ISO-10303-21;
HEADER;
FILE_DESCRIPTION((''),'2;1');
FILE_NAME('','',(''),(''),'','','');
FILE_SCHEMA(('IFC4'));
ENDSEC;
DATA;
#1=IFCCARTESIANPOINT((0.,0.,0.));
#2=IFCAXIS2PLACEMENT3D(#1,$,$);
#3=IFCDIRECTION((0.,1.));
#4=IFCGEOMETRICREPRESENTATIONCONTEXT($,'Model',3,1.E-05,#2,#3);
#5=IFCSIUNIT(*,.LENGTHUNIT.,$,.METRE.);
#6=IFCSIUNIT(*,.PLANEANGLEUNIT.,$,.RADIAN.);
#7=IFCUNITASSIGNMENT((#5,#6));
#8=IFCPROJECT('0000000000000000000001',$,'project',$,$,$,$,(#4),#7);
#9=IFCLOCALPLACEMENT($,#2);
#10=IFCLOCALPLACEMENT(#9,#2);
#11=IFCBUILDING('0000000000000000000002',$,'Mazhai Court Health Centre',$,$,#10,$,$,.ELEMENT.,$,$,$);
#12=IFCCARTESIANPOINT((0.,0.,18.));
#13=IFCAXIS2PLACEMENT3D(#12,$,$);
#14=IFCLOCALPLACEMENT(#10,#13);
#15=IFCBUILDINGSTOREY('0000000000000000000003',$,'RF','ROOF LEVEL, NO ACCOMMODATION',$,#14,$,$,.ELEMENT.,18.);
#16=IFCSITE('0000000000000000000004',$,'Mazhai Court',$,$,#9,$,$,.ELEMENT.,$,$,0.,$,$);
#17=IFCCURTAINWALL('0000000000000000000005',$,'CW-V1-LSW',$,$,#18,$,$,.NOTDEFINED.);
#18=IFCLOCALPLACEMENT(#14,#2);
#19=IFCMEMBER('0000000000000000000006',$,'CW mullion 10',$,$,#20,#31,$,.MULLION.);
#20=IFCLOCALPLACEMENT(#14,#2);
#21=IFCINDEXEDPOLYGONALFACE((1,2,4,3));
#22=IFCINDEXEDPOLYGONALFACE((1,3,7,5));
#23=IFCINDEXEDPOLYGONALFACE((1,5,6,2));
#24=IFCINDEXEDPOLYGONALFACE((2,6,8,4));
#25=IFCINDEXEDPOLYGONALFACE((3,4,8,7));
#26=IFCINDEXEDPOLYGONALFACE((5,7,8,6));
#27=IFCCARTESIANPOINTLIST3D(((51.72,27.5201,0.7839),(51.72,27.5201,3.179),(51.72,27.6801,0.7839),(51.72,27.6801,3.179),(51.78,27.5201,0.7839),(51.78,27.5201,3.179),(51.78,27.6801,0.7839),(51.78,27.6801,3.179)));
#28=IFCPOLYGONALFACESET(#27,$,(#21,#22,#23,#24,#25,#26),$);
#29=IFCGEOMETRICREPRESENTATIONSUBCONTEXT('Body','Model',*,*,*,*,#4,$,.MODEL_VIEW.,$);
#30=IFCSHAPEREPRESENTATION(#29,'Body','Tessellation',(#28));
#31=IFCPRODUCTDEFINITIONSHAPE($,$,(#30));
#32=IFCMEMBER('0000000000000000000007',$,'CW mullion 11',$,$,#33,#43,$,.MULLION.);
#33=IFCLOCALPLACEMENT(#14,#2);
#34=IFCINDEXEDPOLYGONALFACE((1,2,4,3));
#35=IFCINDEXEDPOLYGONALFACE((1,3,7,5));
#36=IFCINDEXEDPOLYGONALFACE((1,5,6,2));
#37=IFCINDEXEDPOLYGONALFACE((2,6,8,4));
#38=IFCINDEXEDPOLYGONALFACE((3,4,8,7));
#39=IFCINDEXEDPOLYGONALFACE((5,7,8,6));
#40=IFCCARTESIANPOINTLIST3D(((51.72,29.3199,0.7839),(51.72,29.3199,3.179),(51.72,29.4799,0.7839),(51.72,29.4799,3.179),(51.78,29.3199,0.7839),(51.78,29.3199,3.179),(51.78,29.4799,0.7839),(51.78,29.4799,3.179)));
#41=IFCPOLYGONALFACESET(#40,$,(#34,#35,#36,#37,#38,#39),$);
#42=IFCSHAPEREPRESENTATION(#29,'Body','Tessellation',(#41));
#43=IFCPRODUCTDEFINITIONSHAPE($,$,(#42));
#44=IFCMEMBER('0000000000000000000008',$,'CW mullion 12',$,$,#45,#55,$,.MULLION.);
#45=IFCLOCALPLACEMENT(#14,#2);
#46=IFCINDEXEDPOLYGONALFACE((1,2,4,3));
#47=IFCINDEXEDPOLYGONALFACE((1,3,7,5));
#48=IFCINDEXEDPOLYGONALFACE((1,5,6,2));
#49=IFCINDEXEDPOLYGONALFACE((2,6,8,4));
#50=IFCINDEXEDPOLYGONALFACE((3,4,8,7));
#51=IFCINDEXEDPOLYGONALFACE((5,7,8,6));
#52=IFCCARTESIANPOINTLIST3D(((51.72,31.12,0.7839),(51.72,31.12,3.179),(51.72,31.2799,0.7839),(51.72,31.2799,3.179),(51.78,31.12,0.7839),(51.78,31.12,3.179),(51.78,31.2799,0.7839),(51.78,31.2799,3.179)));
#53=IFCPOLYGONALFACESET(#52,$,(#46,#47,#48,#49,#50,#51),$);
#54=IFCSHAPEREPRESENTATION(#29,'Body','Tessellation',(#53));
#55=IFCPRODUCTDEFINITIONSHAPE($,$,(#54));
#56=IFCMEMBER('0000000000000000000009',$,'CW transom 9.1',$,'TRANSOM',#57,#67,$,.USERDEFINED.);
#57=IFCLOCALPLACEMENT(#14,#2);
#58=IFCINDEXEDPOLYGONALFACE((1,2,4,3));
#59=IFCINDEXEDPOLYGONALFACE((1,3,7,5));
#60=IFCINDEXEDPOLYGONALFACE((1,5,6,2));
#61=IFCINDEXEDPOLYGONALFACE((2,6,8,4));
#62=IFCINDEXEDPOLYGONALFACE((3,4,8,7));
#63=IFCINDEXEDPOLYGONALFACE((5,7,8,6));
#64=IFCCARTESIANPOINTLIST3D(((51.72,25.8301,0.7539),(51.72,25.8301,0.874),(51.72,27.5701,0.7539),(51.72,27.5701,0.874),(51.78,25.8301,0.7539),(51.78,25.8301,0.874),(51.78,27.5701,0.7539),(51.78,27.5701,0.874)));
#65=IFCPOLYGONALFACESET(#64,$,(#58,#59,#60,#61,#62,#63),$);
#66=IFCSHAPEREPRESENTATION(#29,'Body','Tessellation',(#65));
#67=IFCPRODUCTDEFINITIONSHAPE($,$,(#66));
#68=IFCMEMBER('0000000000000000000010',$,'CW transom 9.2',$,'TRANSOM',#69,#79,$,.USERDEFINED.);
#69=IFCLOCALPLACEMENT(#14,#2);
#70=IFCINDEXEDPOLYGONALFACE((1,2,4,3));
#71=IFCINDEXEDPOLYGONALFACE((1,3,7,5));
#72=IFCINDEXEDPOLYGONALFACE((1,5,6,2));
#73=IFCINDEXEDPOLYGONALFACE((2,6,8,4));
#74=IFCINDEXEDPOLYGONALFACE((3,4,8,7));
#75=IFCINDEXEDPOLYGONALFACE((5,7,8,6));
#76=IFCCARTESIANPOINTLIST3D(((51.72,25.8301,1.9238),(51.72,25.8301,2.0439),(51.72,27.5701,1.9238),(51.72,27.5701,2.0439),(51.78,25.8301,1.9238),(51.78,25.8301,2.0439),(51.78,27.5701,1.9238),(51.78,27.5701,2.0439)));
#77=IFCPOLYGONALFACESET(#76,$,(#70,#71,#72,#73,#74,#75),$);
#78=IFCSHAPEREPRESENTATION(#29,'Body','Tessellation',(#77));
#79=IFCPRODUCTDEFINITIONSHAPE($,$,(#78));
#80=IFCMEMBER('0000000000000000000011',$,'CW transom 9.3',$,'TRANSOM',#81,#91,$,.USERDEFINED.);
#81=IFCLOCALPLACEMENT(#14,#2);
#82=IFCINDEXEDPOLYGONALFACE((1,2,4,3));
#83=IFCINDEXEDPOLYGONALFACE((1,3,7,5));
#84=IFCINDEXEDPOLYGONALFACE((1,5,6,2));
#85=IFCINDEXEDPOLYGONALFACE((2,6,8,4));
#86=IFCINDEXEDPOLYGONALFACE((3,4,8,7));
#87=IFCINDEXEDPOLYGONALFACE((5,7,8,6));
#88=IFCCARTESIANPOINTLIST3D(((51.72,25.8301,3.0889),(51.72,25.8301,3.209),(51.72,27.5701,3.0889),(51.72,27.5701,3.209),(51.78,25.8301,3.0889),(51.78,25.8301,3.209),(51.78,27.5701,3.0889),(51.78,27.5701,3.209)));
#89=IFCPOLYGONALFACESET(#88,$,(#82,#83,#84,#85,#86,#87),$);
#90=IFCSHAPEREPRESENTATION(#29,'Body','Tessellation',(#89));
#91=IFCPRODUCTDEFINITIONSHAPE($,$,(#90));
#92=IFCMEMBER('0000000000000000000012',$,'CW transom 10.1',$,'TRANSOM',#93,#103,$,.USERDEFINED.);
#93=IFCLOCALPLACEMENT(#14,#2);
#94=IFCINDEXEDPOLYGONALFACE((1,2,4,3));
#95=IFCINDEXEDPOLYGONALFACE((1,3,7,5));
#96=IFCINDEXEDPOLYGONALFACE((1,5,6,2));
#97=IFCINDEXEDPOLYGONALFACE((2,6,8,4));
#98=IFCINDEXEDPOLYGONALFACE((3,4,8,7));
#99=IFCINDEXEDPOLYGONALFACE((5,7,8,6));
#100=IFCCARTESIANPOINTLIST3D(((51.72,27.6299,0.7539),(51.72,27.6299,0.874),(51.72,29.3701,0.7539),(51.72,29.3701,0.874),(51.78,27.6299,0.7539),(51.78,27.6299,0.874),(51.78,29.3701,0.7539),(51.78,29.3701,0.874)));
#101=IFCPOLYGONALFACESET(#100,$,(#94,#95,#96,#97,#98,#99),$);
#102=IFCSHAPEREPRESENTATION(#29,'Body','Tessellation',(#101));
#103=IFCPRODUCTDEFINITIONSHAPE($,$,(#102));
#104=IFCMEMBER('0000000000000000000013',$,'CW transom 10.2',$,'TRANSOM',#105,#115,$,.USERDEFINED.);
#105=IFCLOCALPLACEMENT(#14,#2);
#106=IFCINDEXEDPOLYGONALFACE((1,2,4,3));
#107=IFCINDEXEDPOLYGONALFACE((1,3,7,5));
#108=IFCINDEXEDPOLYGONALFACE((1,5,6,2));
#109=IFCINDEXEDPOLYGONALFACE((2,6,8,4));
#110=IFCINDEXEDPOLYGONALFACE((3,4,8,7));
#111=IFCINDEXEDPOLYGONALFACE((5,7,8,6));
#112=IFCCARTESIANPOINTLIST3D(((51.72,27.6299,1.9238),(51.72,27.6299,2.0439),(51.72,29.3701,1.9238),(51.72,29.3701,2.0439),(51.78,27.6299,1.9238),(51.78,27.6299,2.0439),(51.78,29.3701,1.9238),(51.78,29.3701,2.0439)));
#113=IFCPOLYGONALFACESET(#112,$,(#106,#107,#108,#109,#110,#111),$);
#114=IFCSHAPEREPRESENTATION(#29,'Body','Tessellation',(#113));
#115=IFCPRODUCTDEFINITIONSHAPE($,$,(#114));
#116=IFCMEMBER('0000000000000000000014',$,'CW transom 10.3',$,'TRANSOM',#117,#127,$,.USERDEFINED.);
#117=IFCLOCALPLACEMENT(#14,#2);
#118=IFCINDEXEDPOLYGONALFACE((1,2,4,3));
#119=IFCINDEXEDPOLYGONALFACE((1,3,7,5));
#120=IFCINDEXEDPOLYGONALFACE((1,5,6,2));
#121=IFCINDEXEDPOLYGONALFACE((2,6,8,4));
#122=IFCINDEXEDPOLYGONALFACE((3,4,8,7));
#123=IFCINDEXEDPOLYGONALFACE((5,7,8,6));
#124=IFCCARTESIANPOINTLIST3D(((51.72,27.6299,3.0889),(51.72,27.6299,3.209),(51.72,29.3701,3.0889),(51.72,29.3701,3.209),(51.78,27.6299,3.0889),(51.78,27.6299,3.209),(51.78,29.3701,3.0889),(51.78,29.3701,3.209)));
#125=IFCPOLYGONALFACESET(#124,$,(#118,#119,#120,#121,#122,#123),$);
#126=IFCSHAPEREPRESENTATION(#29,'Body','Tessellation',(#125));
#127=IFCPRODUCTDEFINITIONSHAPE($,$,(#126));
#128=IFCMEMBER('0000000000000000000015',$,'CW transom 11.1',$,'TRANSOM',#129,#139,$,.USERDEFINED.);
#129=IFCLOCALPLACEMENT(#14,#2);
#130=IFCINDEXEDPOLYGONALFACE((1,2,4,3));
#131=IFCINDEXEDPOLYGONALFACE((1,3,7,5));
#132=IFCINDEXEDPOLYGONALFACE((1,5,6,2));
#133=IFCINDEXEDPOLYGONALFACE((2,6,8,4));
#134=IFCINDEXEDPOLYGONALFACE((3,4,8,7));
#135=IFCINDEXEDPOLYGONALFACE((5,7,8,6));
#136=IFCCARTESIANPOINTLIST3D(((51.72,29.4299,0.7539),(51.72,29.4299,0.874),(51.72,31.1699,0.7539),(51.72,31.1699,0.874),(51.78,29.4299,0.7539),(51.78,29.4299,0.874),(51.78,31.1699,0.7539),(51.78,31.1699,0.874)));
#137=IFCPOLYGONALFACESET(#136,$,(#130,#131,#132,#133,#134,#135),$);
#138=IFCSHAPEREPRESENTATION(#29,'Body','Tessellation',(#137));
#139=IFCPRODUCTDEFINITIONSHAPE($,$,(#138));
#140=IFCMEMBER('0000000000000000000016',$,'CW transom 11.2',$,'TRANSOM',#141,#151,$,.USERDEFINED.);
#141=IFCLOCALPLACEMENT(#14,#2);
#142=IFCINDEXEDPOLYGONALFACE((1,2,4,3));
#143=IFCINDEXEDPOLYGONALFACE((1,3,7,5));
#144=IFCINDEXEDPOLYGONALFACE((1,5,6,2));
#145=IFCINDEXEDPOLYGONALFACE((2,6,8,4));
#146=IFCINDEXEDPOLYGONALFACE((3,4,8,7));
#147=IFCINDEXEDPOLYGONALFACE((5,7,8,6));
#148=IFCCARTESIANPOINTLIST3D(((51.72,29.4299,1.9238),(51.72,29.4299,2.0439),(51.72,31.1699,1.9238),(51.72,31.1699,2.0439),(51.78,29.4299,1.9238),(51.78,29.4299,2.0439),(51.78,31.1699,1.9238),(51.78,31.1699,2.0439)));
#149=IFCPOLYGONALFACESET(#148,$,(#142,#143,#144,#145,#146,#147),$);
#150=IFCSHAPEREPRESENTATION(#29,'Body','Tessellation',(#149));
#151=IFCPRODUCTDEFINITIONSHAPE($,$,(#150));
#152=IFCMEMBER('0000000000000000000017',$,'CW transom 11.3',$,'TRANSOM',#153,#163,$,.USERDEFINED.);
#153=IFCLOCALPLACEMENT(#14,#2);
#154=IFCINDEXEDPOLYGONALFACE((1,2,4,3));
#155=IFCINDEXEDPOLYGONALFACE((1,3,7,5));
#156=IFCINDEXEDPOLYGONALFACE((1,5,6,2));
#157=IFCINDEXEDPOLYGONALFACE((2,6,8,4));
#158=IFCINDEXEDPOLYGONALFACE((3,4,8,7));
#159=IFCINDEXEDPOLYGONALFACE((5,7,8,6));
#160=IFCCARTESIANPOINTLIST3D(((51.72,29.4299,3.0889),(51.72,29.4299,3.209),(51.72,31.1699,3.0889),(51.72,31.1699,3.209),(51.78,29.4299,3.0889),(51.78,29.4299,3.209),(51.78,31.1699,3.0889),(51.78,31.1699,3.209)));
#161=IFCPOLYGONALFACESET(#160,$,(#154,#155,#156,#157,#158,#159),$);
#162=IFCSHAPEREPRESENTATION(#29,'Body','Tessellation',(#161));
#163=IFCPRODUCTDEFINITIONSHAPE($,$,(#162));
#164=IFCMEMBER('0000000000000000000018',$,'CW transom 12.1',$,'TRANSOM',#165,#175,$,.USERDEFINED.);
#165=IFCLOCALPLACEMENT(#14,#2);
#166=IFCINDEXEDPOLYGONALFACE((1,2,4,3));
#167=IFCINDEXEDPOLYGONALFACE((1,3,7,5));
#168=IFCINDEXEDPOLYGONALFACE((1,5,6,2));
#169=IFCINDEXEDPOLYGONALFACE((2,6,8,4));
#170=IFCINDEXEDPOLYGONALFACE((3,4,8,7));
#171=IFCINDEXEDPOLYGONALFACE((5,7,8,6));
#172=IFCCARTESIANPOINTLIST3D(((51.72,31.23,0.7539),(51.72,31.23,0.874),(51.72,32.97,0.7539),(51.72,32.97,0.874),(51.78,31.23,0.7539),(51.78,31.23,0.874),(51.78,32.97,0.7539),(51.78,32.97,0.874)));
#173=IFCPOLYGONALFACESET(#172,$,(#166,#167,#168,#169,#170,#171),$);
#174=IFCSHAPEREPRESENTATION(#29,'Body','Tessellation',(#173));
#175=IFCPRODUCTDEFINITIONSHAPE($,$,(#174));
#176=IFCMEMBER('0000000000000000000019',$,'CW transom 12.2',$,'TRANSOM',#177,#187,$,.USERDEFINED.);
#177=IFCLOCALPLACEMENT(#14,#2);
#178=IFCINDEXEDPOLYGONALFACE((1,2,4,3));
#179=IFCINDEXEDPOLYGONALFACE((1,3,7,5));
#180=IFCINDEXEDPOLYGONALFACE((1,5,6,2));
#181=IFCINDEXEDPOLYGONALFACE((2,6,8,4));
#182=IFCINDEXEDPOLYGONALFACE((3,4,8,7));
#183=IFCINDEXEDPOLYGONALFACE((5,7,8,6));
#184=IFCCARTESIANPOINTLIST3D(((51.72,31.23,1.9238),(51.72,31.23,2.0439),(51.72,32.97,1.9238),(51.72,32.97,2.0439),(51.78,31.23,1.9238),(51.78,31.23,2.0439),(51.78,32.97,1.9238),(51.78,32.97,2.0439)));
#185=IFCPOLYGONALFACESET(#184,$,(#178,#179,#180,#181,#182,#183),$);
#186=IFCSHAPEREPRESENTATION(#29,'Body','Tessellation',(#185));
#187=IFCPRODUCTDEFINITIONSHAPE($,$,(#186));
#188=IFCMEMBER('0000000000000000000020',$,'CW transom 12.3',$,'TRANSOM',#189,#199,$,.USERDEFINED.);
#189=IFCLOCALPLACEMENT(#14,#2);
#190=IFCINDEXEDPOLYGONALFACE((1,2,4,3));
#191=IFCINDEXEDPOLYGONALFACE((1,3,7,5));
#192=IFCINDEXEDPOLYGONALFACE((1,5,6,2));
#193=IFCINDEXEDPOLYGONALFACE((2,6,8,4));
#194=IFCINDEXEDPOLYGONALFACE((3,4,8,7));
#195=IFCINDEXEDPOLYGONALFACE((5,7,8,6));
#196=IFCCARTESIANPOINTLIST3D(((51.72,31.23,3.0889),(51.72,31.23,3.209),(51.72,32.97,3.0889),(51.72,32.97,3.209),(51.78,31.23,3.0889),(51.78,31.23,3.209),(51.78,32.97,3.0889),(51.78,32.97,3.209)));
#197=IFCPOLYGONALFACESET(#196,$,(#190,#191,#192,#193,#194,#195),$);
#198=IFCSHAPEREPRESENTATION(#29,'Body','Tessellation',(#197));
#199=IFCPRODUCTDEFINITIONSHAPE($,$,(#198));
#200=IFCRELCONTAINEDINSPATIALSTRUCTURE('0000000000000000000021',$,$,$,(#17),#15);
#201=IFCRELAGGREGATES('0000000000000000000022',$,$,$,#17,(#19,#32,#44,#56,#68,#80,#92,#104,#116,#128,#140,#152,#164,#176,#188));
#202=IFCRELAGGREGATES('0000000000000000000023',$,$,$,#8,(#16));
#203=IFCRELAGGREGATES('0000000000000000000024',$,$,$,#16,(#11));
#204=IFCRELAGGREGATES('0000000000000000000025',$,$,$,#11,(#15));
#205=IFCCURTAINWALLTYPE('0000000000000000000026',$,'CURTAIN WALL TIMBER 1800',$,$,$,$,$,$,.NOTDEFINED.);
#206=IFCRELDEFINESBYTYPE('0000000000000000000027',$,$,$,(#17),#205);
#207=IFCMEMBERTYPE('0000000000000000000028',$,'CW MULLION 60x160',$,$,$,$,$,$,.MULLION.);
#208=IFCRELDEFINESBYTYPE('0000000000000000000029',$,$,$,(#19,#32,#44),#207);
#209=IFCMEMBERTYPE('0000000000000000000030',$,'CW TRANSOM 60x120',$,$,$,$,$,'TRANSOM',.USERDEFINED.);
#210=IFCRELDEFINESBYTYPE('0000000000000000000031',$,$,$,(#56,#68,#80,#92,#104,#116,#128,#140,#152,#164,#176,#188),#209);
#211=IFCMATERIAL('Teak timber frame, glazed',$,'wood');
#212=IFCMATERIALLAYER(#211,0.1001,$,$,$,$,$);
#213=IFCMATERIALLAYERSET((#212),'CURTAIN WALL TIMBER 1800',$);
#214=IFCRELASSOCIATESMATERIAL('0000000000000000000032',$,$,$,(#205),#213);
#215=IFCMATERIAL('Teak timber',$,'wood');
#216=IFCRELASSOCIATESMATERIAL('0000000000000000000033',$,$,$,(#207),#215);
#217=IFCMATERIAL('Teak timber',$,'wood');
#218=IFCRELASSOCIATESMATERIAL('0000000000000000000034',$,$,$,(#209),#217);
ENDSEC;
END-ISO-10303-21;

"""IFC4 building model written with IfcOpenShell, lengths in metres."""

from ifc_helpers import new_model, si_unit, direction, frame, origin, origin_2d, place, context, subcontext, project, spatial, rectangle, extrude, material, layer, layer_set, material_profile, profile_set, type_object, element, aggregate, save


model = new_model("IFC4")

# Units and contexts
model_context = context("Model", 3, precision=1e-05, world=origin(), true_north=direction((0.0, 1.0)))
body_context = subcontext(model_context, "Body", "Model", "MODEL_VIEW")
ifc_project = project(units=[si_unit("LENGTHUNIT", "METRE"), si_unit("PLANEANGLEUNIT", "RADIAN")], contexts=[model_context])

# Site, building, storey
site_placement = place(None, origin())
site = spatial("IfcSite", under=ifc_project, at=site_placement, Name="Mazhai Court", CompositionType="ELEMENT", RefElevation=0.0)
building_placement = place(site_placement, origin())
building = spatial("IfcBuilding", under=site, at=building_placement, Name="Mazhai Court Health Centre", CompositionType="ELEMENT")
storey_placement = place(building_placement, frame((0.0, 0.0, 18.0)))
storey = spatial("IfcBuildingStorey", under=building, at=storey_placement, Name="RF", Description="ROOF LEVEL, NO ACCOMMODATION", CompositionType="ELEMENT", Elevation=18.0)

# Curtain wall, members
ifc_material_1 = material(Name="Teak timber frame, glazed", Category="wood")
ifc_layer_1 = layer(ifc_material_1, 0.1001)
ifc_layer_set_1 = layer_set([ifc_layer_1], Name="CURTAIN WALL TIMBER 1800")
curtain_wall_type = type_object("IfcCurtainWallType", Name="CURTAIN WALL TIMBER 1800", PredefinedType="NOTDEFINED", material=ifc_layer_set_1)
curtain_wall_placement = place(storey_placement, origin())
curtain_wall = element("IfcCurtainWall", 1, at=curtain_wall_placement, inside=storey, type_object=curtain_wall_type, Name="CW-V1-LSW", PredefinedType="NOTDEFINED")
ifc_material_2 = material(Name="Teak timber", Category="wood")
ifc_material_profile_1 = material_profile(ifc_material_2, rectangle(XDim=0.0601, YDim=0.1599, at=origin_2d()), Name="CW MULLION 60x160")
ifc_profile_set_1 = profile_set([ifc_material_profile_1], Name="Teak timber")
member_type_1 = type_object("IfcMemberType", Name="CW MULLION 60x160", PredefinedType="MULLION", material=ifc_profile_set_1)
member_1_placement = place(storey_placement, frame((51.75, 27.6001, 0.7839), z_axis=(0.0, 0.0, 1.0), x_axis=(-1.0, 0.0, 0.0)))
member_1 = element("IfcMember", 2, at=member_1_placement, type_object=member_type_1, Name="CW mullion 10", PredefinedType="MULLION", context=body_context, shape_type="SweptSolid", body=[
    extrude(rectangle(XDim=0.0601, YDim=0.1599, at=origin_2d()), origin(), (0.0, 0.0, 1.0), 2.395),
])
member_2_placement = place(storey_placement, frame((51.75, 29.3999, 0.7839), z_axis=(0.0, 0.0, 1.0), x_axis=(-1.0, 0.0, 0.0)))
member_2 = element("IfcMember", 3, at=member_2_placement, type_object=member_type_1, Name="CW mullion 11", PredefinedType="MULLION", context=body_context, shape_type="SweptSolid", body=[
    extrude(rectangle(XDim=0.0601, YDim=0.1599, at=origin_2d()), origin(), (0.0, 0.0, 1.0), 2.395),
])
member_3_placement = place(storey_placement, frame((51.75, 31.2, 0.7839), z_axis=(0.0, 0.0, 1.0), x_axis=(-1.0, 0.0, 0.0)))
member_3 = element("IfcMember", 4, at=member_3_placement, type_object=member_type_1, Name="CW mullion 12", PredefinedType="MULLION", context=body_context, shape_type="SweptSolid", body=[
    extrude(rectangle(XDim=0.0601, YDim=0.1599, at=origin_2d()), origin(), (0.0, 0.0, 1.0), 2.395),
])
ifc_material_3 = material(Name="Teak timber", Category="wood")
ifc_material_profile_2 = material_profile(ifc_material_3, rectangle(XDim=0.0601, YDim=0.1201, at=origin_2d()), Name="CW TRANSOM 60x120")
ifc_profile_set_2 = profile_set([ifc_material_profile_2], Name="Teak timber")
member_type_2 = type_object("IfcMemberType", Name="CW TRANSOM 60x120", ElementType="TRANSOM", PredefinedType="USERDEFINED", material=ifc_profile_set_2)
member_4_placement = place(storey_placement, frame((51.75, 25.8301, 0.814), z_axis=(0.0, 1.0, 0.0), x_axis=(-1.0, 0.0, 0.0)))
member_4 = element("IfcMember", 5, at=member_4_placement, type_object=member_type_2, Name="CW transom 9.1", ObjectType="TRANSOM", PredefinedType="USERDEFINED", context=body_context, shape_type="SweptSolid", body=[
    extrude(rectangle(XDim=0.0601, YDim=0.1201, at=origin_2d()), origin(), (0.0, 0.0, 1.0), 1.74),
])
member_5_placement = place(storey_placement, frame((51.75, 25.8301, 1.9839), z_axis=(0.0, 1.0, 0.0), x_axis=(-1.0, 0.0, 0.0)))
member_5 = element("IfcMember", 6, at=member_5_placement, type_object=member_type_2, Name="CW transom 9.2", ObjectType="TRANSOM", PredefinedType="USERDEFINED", context=body_context, shape_type="SweptSolid", body=[
    extrude(rectangle(XDim=0.0601, YDim=0.1201, at=origin_2d()), origin(), (0.0, 0.0, 1.0), 1.74),
])
member_6_placement = place(storey_placement, frame((51.75, 25.8301, 3.1489), z_axis=(0.0, 1.0, 0.0), x_axis=(-1.0, 0.0, 0.0)))
member_6 = element("IfcMember", 7, at=member_6_placement, type_object=member_type_2, Name="CW transom 9.3", ObjectType="TRANSOM", PredefinedType="USERDEFINED", context=body_context, shape_type="SweptSolid", body=[
    extrude(rectangle(XDim=0.0601, YDim=0.1201, at=origin_2d()), origin(), (0.0, 0.0, 1.0), 1.74),
])
member_7_placement = place(storey_placement, frame((51.75, 27.6299, 0.814), z_axis=(0.0, 1.0, 0.0), x_axis=(-1.0, 0.0, 0.0)))
member_7 = element("IfcMember", 8, at=member_7_placement, type_object=member_type_2, Name="CW transom 10.1", ObjectType="TRANSOM", PredefinedType="USERDEFINED", context=body_context, shape_type="SweptSolid", body=[
    extrude(rectangle(XDim=0.0601, YDim=0.1201, at=origin_2d()), origin(), (0.0, 0.0, 1.0), 1.7402),
])
member_8_placement = place(storey_placement, frame((51.75, 27.6299, 1.9839), z_axis=(0.0, 1.0, 0.0), x_axis=(-1.0, 0.0, 0.0)))
member_8 = element("IfcMember", 9, at=member_8_placement, type_object=member_type_2, Name="CW transom 10.2", ObjectType="TRANSOM", PredefinedType="USERDEFINED", context=body_context, shape_type="SweptSolid", body=[
    extrude(rectangle(XDim=0.0601, YDim=0.1201, at=origin_2d()), origin(), (0.0, 0.0, 1.0), 1.7402),
])
member_9_placement = place(storey_placement, frame((51.75, 27.6299, 3.1489), z_axis=(0.0, 1.0, 0.0), x_axis=(-1.0, 0.0, 0.0)))
member_9 = element("IfcMember", 10, at=member_9_placement, type_object=member_type_2, Name="CW transom 10.3", ObjectType="TRANSOM", PredefinedType="USERDEFINED", context=body_context, shape_type="SweptSolid", body=[
    extrude(rectangle(XDim=0.0601, YDim=0.1201, at=origin_2d()), origin(), (0.0, 0.0, 1.0), 1.7402),
])
member_10_placement = place(storey_placement, frame((51.75, 29.4299, 0.814), z_axis=(0.0, 1.0, 0.0), x_axis=(-1.0, 0.0, 0.0)))
member_10 = element("IfcMember", 11, at=member_10_placement, type_object=member_type_2, Name="CW transom 11.1", ObjectType="TRANSOM", PredefinedType="USERDEFINED", context=body_context, shape_type="SweptSolid", body=[
    extrude(rectangle(XDim=0.0601, YDim=0.1201, at=origin_2d()), origin(), (0.0, 0.0, 1.0), 1.74),
])
member_11_placement = place(storey_placement, frame((51.75, 29.4299, 1.9839), z_axis=(0.0, 1.0, 0.0), x_axis=(-1.0, 0.0, 0.0)))
member_11 = element("IfcMember", 12, at=member_11_placement, type_object=member_type_2, Name="CW transom 11.2", ObjectType="TRANSOM", PredefinedType="USERDEFINED", context=body_context, shape_type="SweptSolid", body=[
    extrude(rectangle(XDim=0.0601, YDim=0.1201, at=origin_2d()), origin(), (0.0, 0.0, 1.0), 1.74),
])
member_12_placement = place(storey_placement, frame((51.75, 29.4299, 3.1489), z_axis=(0.0, 1.0, 0.0), x_axis=(-1.0, 0.0, 0.0)))
member_12 = element("IfcMember", 13, at=member_12_placement, type_object=member_type_2, Name="CW transom 11.3", ObjectType="TRANSOM", PredefinedType="USERDEFINED", context=body_context, shape_type="SweptSolid", body=[
    extrude(rectangle(XDim=0.0601, YDim=0.1201, at=origin_2d()), origin(), (0.0, 0.0, 1.0), 1.74),
])
member_13_placement = place(storey_placement, frame((51.75, 31.23, 0.814), z_axis=(0.0, 1.0, 0.0), x_axis=(-1.0, 0.0, 0.0)))
member_13 = element("IfcMember", 14, at=member_13_placement, type_object=member_type_2, Name="CW transom 12.1", ObjectType="TRANSOM", PredefinedType="USERDEFINED", context=body_context, shape_type="SweptSolid", body=[
    extrude(rectangle(XDim=0.0601, YDim=0.1201, at=origin_2d()), origin(), (0.0, 0.0, 1.0), 1.74),
])
member_14_placement = place(storey_placement, frame((51.75, 31.23, 1.9839), z_axis=(0.0, 1.0, 0.0), x_axis=(-1.0, 0.0, 0.0)))
member_14 = element("IfcMember", 15, at=member_14_placement, type_object=member_type_2, Name="CW transom 12.2", ObjectType="TRANSOM", PredefinedType="USERDEFINED", context=body_context, shape_type="SweptSolid", body=[
    extrude(rectangle(XDim=0.0601, YDim=0.1201, at=origin_2d()), origin(), (0.0, 0.0, 1.0), 1.74),
])
member_15_placement = place(storey_placement, frame((51.75, 31.23, 3.1489), z_axis=(0.0, 1.0, 0.0), x_axis=(-1.0, 0.0, 0.0)))
member_15 = element("IfcMember", 16, at=member_15_placement, type_object=member_type_2, Name="CW transom 12.3", ObjectType="TRANSOM", PredefinedType="USERDEFINED", context=body_context, shape_type="SweptSolid", body=[
    extrude(rectangle(XDim=0.0601, YDim=0.1201, at=origin_2d()), origin(), (0.0, 0.0, 1.0), 1.74),
])

aggregate(curtain_wall, [member_1, member_2, member_3, member_4, member_5, member_6, member_7, member_8, member_9, member_10, member_11, member_12, member_13, member_14, member_15])

save(model, "model.ifc")
